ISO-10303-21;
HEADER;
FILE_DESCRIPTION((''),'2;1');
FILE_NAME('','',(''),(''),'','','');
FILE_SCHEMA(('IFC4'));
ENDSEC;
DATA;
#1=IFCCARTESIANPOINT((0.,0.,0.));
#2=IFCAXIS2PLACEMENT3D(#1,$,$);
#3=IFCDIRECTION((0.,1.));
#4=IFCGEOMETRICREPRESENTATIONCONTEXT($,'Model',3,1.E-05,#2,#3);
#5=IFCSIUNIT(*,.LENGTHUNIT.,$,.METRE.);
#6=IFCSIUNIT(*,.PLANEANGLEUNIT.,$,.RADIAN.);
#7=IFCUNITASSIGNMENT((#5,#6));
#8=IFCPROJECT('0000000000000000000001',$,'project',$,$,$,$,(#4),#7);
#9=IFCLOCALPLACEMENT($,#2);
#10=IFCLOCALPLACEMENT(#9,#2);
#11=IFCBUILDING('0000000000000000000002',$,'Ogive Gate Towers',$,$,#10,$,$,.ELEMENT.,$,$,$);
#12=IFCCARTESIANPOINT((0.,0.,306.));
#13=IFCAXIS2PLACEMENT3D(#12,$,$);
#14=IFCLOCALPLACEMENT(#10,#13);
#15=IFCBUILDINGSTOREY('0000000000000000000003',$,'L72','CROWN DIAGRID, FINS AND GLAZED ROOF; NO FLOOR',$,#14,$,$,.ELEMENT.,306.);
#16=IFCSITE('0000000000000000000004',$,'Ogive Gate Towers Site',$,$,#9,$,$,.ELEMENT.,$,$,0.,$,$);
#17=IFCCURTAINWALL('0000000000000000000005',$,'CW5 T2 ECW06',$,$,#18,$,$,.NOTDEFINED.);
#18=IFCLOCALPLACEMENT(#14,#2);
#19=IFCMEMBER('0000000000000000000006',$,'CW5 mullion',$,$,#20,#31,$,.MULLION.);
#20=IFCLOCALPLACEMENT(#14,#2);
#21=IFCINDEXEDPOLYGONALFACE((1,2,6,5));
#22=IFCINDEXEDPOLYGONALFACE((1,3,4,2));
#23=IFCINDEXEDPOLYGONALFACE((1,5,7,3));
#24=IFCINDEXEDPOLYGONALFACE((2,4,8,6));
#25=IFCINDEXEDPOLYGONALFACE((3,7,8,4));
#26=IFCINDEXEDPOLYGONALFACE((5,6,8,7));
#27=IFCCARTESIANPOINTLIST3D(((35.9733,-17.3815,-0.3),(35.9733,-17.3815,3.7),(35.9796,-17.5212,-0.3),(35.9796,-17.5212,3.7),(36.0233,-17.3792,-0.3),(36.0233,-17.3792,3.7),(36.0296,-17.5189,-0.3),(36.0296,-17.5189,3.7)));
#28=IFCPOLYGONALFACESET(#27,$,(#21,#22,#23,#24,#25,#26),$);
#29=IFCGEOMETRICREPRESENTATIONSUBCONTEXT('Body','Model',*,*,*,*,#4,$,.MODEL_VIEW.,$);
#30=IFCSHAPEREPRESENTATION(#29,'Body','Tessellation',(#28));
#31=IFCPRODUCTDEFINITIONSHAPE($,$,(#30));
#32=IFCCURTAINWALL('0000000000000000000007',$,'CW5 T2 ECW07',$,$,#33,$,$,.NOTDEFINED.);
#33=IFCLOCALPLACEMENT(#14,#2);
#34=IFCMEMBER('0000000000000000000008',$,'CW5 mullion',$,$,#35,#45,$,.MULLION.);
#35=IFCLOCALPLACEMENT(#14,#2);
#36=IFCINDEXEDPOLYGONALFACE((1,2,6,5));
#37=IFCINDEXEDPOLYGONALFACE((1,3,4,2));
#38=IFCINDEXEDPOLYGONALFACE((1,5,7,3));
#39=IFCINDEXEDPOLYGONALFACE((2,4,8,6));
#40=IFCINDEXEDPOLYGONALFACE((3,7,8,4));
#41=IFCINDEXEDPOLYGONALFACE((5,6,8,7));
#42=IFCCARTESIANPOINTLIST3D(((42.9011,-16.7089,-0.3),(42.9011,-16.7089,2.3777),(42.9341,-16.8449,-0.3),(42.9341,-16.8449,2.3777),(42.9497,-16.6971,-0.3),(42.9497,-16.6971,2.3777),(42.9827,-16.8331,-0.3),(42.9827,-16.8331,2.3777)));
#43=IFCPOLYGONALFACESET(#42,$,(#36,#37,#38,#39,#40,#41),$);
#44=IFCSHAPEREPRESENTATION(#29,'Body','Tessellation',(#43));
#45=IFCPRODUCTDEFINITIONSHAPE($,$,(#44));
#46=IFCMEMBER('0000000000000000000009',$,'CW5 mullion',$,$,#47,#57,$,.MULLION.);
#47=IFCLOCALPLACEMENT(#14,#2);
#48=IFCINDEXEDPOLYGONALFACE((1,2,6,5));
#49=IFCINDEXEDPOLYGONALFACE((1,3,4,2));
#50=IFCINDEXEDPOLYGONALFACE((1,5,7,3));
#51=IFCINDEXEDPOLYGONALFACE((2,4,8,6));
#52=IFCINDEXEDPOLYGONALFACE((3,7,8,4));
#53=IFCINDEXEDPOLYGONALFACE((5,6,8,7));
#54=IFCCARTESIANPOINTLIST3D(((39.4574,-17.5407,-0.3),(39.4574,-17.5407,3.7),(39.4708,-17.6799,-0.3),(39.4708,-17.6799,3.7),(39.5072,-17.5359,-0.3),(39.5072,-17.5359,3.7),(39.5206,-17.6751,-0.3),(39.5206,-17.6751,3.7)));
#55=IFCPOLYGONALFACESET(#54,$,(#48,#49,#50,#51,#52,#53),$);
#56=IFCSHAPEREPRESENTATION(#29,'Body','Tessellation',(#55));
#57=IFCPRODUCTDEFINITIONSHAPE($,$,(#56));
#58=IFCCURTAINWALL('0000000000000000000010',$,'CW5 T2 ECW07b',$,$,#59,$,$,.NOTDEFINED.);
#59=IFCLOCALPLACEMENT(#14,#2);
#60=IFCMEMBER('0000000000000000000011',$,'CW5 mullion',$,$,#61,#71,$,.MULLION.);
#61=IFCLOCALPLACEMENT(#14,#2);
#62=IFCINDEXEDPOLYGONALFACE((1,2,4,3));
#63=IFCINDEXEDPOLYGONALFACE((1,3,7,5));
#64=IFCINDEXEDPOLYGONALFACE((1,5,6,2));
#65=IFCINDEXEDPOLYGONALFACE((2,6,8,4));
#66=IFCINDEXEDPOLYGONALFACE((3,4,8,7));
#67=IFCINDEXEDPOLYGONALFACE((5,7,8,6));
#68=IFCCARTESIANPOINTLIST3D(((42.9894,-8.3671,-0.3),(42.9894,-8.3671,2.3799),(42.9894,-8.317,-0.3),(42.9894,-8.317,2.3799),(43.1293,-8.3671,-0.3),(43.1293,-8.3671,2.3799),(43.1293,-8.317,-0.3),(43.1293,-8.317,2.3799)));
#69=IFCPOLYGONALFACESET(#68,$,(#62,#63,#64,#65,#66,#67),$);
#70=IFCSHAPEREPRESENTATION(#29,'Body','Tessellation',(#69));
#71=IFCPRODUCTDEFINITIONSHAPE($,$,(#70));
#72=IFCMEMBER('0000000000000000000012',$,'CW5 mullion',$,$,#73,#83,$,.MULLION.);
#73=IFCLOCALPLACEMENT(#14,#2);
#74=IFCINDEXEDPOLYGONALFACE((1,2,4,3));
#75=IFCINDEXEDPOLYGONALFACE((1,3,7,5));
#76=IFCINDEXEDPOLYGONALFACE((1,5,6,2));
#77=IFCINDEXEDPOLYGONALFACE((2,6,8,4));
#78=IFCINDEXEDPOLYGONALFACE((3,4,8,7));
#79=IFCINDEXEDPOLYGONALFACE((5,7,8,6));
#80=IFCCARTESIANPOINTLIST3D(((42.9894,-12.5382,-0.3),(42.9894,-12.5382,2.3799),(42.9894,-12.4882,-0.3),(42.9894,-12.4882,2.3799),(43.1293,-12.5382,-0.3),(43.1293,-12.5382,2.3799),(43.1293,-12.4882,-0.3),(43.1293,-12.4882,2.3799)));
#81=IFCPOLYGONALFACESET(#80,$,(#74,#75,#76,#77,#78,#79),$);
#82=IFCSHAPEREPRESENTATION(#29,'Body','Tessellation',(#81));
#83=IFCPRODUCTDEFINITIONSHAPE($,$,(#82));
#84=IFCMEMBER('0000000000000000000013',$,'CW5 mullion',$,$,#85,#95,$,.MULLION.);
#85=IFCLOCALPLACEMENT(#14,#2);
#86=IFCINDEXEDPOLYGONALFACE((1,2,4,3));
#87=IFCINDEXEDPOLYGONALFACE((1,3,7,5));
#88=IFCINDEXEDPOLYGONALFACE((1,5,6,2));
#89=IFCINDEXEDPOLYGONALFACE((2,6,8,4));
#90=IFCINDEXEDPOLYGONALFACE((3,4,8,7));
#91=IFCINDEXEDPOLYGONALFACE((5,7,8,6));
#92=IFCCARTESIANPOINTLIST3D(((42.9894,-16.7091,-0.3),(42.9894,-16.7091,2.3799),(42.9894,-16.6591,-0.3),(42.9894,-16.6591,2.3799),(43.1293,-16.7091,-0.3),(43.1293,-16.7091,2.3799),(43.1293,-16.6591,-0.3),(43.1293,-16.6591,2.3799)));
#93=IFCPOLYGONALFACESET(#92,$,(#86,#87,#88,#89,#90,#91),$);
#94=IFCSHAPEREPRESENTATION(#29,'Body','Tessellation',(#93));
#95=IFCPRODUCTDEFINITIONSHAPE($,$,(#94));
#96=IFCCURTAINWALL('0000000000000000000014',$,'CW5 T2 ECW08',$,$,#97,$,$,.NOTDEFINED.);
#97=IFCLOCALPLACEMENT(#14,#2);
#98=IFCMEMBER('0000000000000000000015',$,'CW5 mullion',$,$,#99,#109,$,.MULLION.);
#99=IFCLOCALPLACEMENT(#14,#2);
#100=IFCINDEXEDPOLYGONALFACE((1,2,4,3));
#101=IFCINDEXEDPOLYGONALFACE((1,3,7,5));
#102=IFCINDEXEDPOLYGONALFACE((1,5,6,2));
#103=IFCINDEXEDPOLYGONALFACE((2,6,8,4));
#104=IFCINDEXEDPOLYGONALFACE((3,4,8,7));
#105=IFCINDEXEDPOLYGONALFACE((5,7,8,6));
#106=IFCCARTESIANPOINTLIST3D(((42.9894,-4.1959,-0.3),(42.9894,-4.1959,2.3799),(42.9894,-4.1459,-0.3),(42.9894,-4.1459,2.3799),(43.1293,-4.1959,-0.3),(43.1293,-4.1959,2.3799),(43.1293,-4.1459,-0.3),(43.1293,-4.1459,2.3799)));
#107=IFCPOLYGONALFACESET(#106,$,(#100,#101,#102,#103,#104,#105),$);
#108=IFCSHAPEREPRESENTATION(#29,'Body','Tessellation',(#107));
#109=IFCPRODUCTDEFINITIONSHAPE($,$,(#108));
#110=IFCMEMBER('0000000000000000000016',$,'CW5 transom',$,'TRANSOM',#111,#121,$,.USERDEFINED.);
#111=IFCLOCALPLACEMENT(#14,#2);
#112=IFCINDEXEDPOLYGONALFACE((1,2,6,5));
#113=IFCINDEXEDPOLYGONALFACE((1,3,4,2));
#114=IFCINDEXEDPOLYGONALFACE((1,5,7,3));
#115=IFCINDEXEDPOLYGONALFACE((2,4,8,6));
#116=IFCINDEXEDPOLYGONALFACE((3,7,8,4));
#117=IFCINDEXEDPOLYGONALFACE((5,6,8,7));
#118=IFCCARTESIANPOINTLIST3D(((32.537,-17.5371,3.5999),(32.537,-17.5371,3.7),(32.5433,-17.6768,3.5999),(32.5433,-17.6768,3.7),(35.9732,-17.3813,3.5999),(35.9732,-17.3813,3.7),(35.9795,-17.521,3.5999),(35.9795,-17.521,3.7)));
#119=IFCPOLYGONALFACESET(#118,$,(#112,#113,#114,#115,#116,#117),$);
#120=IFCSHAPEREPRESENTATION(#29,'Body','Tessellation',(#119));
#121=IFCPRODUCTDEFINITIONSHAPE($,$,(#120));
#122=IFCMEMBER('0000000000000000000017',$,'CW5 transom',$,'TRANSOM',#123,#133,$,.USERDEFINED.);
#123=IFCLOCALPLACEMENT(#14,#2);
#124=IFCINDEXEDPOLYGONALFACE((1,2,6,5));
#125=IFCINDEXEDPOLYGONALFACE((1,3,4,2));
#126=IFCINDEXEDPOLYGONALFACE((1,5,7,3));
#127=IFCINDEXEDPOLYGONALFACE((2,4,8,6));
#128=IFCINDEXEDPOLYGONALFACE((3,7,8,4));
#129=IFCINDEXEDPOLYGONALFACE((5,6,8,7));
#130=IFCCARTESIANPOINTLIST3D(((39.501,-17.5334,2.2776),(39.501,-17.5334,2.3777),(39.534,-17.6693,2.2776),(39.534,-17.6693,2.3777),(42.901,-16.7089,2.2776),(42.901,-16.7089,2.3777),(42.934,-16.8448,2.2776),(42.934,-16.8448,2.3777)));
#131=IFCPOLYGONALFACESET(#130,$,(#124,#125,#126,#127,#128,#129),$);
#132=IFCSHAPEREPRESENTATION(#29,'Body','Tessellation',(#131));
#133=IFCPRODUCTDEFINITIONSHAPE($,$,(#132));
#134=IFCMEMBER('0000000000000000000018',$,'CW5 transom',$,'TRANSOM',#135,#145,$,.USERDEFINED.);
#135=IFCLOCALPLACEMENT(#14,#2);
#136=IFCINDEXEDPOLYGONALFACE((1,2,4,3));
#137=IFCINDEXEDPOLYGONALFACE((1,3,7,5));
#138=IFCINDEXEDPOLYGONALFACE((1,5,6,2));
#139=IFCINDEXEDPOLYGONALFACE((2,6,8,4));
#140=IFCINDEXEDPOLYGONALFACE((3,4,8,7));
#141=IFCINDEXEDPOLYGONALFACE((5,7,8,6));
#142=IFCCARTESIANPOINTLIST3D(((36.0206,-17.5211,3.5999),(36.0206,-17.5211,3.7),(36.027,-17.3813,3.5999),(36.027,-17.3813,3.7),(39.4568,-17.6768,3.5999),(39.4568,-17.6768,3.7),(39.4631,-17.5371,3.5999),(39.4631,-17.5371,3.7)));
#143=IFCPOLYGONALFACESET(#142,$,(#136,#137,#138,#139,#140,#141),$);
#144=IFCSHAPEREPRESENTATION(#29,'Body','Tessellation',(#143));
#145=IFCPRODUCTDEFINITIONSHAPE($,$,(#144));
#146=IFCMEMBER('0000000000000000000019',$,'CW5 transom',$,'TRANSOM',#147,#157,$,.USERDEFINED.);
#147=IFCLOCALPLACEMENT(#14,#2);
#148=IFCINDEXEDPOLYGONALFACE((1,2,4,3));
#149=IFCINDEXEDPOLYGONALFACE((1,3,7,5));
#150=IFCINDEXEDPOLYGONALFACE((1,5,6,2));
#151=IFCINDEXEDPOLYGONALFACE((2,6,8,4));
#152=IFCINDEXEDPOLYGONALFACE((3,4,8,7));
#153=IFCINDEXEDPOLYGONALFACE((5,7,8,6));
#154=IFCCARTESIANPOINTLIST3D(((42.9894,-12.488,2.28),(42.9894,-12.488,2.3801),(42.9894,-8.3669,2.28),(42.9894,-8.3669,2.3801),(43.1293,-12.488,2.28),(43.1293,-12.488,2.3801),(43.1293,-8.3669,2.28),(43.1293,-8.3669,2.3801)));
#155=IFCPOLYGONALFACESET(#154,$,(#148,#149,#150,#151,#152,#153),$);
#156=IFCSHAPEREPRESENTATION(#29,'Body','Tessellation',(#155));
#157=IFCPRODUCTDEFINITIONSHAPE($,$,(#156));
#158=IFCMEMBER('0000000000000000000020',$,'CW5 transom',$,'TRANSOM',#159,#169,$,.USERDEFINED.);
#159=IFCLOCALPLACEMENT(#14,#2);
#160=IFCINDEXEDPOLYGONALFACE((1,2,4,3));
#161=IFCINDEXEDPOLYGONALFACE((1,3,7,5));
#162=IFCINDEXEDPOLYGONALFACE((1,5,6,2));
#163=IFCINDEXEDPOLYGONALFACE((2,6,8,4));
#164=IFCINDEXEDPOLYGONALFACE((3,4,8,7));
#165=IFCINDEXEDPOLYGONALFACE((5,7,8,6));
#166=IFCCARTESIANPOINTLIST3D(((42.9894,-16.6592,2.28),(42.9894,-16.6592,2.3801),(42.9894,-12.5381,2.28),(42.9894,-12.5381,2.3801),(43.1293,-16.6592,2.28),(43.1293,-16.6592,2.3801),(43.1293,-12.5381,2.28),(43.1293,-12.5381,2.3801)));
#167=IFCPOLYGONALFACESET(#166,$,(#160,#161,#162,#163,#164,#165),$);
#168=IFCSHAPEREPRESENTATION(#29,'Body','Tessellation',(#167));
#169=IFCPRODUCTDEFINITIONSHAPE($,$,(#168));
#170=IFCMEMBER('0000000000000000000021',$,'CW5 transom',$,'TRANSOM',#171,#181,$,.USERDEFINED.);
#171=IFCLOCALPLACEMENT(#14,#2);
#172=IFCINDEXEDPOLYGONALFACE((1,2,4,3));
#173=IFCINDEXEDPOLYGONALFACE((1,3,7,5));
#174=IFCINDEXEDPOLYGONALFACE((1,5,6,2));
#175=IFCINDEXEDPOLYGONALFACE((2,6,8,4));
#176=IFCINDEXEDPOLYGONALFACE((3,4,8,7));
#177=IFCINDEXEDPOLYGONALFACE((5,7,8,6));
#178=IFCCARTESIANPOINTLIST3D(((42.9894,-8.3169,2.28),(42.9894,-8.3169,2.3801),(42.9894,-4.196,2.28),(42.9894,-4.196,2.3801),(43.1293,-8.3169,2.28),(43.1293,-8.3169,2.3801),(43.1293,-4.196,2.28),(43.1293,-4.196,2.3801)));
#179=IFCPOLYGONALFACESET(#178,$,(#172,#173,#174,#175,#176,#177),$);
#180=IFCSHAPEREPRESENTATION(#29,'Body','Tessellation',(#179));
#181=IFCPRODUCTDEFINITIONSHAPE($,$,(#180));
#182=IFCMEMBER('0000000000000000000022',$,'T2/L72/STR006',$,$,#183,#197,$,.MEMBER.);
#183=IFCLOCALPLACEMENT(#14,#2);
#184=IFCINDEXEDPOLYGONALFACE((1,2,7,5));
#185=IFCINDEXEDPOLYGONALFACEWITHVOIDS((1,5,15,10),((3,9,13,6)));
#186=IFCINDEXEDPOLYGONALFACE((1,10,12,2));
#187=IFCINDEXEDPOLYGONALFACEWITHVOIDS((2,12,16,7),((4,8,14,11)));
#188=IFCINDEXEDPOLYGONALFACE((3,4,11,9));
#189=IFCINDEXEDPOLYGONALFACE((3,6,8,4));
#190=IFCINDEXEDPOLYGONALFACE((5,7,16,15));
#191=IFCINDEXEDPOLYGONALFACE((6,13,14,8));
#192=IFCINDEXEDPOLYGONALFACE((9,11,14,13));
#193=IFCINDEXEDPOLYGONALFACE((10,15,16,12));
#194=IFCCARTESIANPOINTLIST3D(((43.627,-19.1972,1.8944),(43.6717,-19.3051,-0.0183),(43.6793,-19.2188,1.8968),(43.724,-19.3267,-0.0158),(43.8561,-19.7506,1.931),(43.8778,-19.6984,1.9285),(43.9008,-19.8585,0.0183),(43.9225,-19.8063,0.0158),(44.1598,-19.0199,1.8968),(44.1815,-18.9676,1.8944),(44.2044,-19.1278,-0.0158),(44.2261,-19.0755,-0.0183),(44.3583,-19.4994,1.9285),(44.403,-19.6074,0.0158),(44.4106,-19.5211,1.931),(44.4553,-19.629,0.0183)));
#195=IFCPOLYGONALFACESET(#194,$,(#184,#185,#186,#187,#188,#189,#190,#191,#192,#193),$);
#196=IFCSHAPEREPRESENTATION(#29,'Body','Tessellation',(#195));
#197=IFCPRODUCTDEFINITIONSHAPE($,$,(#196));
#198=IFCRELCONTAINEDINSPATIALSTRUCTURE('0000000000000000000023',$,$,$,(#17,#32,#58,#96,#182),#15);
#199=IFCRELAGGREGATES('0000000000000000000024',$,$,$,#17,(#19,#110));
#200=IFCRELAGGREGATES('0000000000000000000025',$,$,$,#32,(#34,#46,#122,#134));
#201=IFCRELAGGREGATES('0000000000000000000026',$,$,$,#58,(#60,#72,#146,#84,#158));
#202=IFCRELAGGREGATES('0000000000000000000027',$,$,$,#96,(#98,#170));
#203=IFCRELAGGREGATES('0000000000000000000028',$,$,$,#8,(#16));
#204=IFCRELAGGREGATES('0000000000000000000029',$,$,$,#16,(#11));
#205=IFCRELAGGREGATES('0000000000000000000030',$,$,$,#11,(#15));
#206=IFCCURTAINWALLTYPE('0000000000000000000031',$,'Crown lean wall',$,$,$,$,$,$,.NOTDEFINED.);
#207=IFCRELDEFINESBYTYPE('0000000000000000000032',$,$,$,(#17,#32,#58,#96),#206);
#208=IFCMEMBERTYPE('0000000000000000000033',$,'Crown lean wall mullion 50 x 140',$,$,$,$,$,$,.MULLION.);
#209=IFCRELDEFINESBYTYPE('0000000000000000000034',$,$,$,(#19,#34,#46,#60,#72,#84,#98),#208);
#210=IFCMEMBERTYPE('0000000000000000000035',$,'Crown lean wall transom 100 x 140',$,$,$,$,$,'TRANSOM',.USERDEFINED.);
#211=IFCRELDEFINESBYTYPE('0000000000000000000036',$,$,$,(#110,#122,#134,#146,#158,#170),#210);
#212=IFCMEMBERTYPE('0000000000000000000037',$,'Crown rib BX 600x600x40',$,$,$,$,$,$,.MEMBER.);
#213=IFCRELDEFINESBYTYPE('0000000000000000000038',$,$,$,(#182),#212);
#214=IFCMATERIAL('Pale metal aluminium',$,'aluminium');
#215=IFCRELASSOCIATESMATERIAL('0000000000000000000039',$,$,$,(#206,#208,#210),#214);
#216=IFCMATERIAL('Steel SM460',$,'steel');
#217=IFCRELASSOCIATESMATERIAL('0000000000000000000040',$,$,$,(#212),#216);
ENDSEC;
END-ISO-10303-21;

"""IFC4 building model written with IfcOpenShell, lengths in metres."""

from ifc_helpers import new_model, si_unit, direction, frame, origin, origin_2d, place, context, subcontext, project, spatial, rectangle, hollow_rectangle, extrude, material, material_profile, profile_set, type_object, element, aggregate, save


model = new_model("IFC4")

# Units and contexts
model_context = context("Model", 3, precision=1e-05, world=origin(), true_north=direction((0.0, 1.0)))
body_context = subcontext(model_context, "Body", "Model", "MODEL_VIEW")
ifc_project = project(units=[si_unit("LENGTHUNIT", "METRE"), si_unit("PLANEANGLEUNIT", "RADIAN")], contexts=[model_context])

# Site, building, storey
site_placement = place(None, origin())
site = spatial("IfcSite", under=ifc_project, at=site_placement, Name="Ogive Gate Towers Site", CompositionType="ELEMENT", RefElevation=0.0)
building_placement = place(site_placement, origin())
building = spatial("IfcBuilding", under=site, at=building_placement, Name="Ogive Gate Towers", CompositionType="ELEMENT")
storey_placement = place(building_placement, frame((0.0, 0.0, 306.0)))
storey = spatial("IfcBuildingStorey", under=building, at=storey_placement, Name="L72", Description="CROWN DIAGRID, FINS AND GLAZED ROOF; NO FLOOR", CompositionType="ELEMENT", Elevation=306.0)

# Curtain wall, member
ifc_material_1 = material(Name="Pale metal aluminium", Category="aluminium")
curtain_wall_type = type_object("IfcCurtainWallType", Name="Crown lean wall", PredefinedType="NOTDEFINED", material=ifc_material_1)
curtain_wall_1_placement = place(storey_placement, origin())
curtain_wall_1 = element("IfcCurtainWall", 1, at=curtain_wall_1_placement, inside=storey, type_object=curtain_wall_type, Name="CW5 T2 ECW06", PredefinedType="NOTDEFINED")
ifc_material_profile_1 = material_profile(ifc_material_1, rectangle(XDim=0.1399, YDim=0.05, at=origin_2d()), Name="50 x 140 aluminium box")
ifc_profile_set_1 = profile_set([ifc_material_profile_1], Name="Pale metal aluminium")
member_type_1 = type_object("IfcMemberType", Name="Crown lean wall mullion 50 x 140", PredefinedType="MULLION", material=ifc_profile_set_1)
member_1_placement = place(storey_placement, frame((36.0015, -17.4502, -0.3), z_axis=(0.0, 0.0, 1.0), x_axis=(-0.045276, 0.998975, 0.0)))
member_1 = element("IfcMember", 2, at=member_1_placement, type_object=member_type_1, Name="CW5 mullion", PredefinedType="MULLION", context=body_context, shape_type="SweptSolid", body=[
    extrude(rectangle(XDim=0.1399, YDim=0.05, at=origin_2d()), origin(), (0.0, 0.0, 1.0), 4.0),
])

# Curtain walls, members
curtain_wall_2_placement = place(storey_placement, origin())
curtain_wall_2 = element("IfcCurtainWall", 3, at=curtain_wall_2_placement, inside=storey, type_object=curtain_wall_type, Name="CW5 T2 ECW07", PredefinedType="NOTDEFINED")
member_2_placement = place(storey_placement, frame((42.9419, -16.771, -0.3), z_axis=(0.0, 0.0, 1.0), x_axis=(-0.235685, 0.97183, 0.0)))
member_2 = element("IfcMember", 4, at=member_2_placement, type_object=member_type_1, Name="CW5 mullion", PredefinedType="MULLION", context=body_context, shape_type="SweptSolid", body=[
    extrude(rectangle(XDim=0.1399, YDim=0.05, at=origin_2d()), origin(), (0.0, 0.0, 1.0), 2.6777),
])
member_3_placement = place(storey_placement, frame((39.489, -17.6079, -0.3), z_axis=(0.0, 0.0, 1.0), x_axis=(-0.096158, 0.995366, 0.0)))
member_3 = element("IfcMember", 5, at=member_3_placement, type_object=member_type_1, Name="CW5 mullion", PredefinedType="MULLION", context=body_context, shape_type="SweptSolid", body=[
    extrude(rectangle(XDim=0.1399, YDim=0.05, at=origin_2d()), origin(), (0.0, 0.0, 1.0), 4.0),
])
curtain_wall_3_placement = place(storey_placement, origin())
curtain_wall_3 = element("IfcCurtainWall", 6, at=curtain_wall_3_placement, inside=storey, type_object=curtain_wall_type, Name="CW5 T2 ECW07b", PredefinedType="NOTDEFINED")
member_4_placement = place(storey_placement, frame((43.0593, -8.342, -0.3), z_axis=(0.0, 0.0, 1.0), x_axis=(-1.0, 0.0, 0.0)))
member_4 = element("IfcMember", 7, at=member_4_placement, type_object=member_type_1, Name="CW5 mullion", PredefinedType="MULLION", context=body_context, shape_type="SweptSolid", body=[
    extrude(rectangle(XDim=0.1399, YDim=0.05, at=origin_2d()), origin(), (0.0, 0.0, 1.0), 2.6799),
])
member_5_placement = place(storey_placement, frame((43.0593, -12.5132, -0.3), z_axis=(0.0, 0.0, 1.0), x_axis=(-1.0, 0.0, 0.0)))
member_5 = element("IfcMember", 8, at=member_5_placement, type_object=member_type_1, Name="CW5 mullion", PredefinedType="MULLION", context=body_context, shape_type="SweptSolid", body=[
    extrude(rectangle(XDim=0.1399, YDim=0.05, at=origin_2d()), origin(), (0.0, 0.0, 1.0), 2.6799),
])
member_6_placement = place(storey_placement, frame((43.0593, -16.6841, -0.3), z_axis=(0.0, 0.0, 1.0), x_axis=(-1.0, 0.0, 0.0)))
member_6 = element("IfcMember", 9, at=member_6_placement, type_object=member_type_1, Name="CW5 mullion", PredefinedType="MULLION", context=body_context, shape_type="SweptSolid", body=[
    extrude(rectangle(XDim=0.1399, YDim=0.05, at=origin_2d()), origin(), (0.0, 0.0, 1.0), 2.6799),
])

# Curtain wall, member
curtain_wall_4_placement = place(storey_placement, origin())
curtain_wall_4 = element("IfcCurtainWall", 10, at=curtain_wall_4_placement, inside=storey, type_object=curtain_wall_type, Name="CW5 T2 ECW08", PredefinedType="NOTDEFINED")
member_7_placement = place(storey_placement, frame((43.0593, -4.1709, -0.3), z_axis=(0.0, 0.0, 1.0), x_axis=(-1.0, 0.0, 0.0)))
member_7 = element("IfcMember", 11, at=member_7_placement, type_object=member_type_1, Name="CW5 mullion", PredefinedType="MULLION", context=body_context, shape_type="SweptSolid", body=[
    extrude(rectangle(XDim=0.1399, YDim=0.05, at=origin_2d()), origin(), (0.0, 0.0, 1.0), 2.6799),
])

# Members
ifc_material_profile_2 = material_profile(ifc_material_1, rectangle(XDim=0.1399, YDim=0.1001, at=origin_2d()), Name="100 x 140 aluminium box")
ifc_profile_set_2 = profile_set([ifc_material_profile_2], Name="Pale metal aluminium")
member_type_2 = type_object("IfcMemberType", Name="Crown lean wall transom 100 x 140", ElementType="TRANSOM", PredefinedType="USERDEFINED", material=ifc_profile_set_2)
member_8_placement = place(storey_placement, frame((35.9763, -17.4512, 3.6499), z_axis=(-0.998974, -0.045282, 0.0), x_axis=(0.045282, -0.998974, 0.0)))
member_8 = element("IfcMember", 12, at=member_8_placement, type_object=member_type_2, Name="CW5 transom", ObjectType="TRANSOM", PredefinedType="USERDEFINED", context=body_context, shape_type="SweptSolid", body=[
    extrude(rectangle(XDim=0.1399, YDim=0.1001, at=origin_2d()), origin(), (0.0, 0.0, 1.0), 3.4397),
])
member_9_placement = place(storey_placement, frame((42.9175, -16.7769, 2.3276), z_axis=(-0.971834, -0.235666, 0.0), x_axis=(0.235666, -0.971834, 0.0)))
member_9 = element("IfcMember", 13, at=member_9_placement, type_object=member_type_2, Name="CW5 transom", ObjectType="TRANSOM", PredefinedType="USERDEFINED", context=body_context, shape_type="SweptSolid", body=[
    extrude(rectangle(XDim=0.1399, YDim=0.1001, at=origin_2d()), origin(), (0.0, 0.0, 1.0), 3.4985),
])
member_10_placement = place(storey_placement, frame((39.46, -17.6069, 3.6499), z_axis=(-0.998974, 0.045282, 0.0), x_axis=(-0.045282, -0.998974, 0.0)))
member_10 = element("IfcMember", 14, at=member_10_placement, type_object=member_type_2, Name="CW5 transom", ObjectType="TRANSOM", PredefinedType="USERDEFINED", context=body_context, shape_type="SweptSolid", body=[
    extrude(rectangle(XDim=0.1399, YDim=0.1001, at=origin_2d()), origin(), (0.0, 0.0, 1.0), 3.4397),
])
member_11_placement = place(storey_placement, frame((43.0593, -8.3669, 2.3301), z_axis=(0.0, -1.0, 0.0), x_axis=(1.0, 0.0, 0.0)))
member_11 = element("IfcMember", 15, at=member_11_placement, type_object=member_type_2, Name="CW5 transom", ObjectType="TRANSOM", PredefinedType="USERDEFINED", context=body_context, shape_type="SweptSolid", body=[
    extrude(rectangle(XDim=0.1399, YDim=0.1001, at=origin_2d()), origin(), (0.0, 0.0, 1.0), 4.1211),
])
member_12_placement = place(storey_placement, frame((43.0593, -12.5381, 2.3301), z_axis=(0.0, -1.0, 0.0), x_axis=(1.0, 0.0, 0.0)))
member_12 = element("IfcMember", 16, at=member_12_placement, type_object=member_type_2, Name="CW5 transom", ObjectType="TRANSOM", PredefinedType="USERDEFINED", context=body_context, shape_type="SweptSolid", body=[
    extrude(rectangle(XDim=0.1399, YDim=0.1001, at=origin_2d()), origin(), (0.0, 0.0, 1.0), 4.1211),
])
member_13_placement = place(storey_placement, frame((43.0593, -4.196, 2.3301), z_axis=(0.0, -1.0, 0.0), x_axis=(1.0, 0.0, 0.0)))
member_13 = element("IfcMember", 17, at=member_13_placement, type_object=member_type_2, Name="CW5 transom", ObjectType="TRANSOM", PredefinedType="USERDEFINED", context=body_context, shape_type="SweptSolid", body=[
    extrude(rectangle(XDim=0.1399, YDim=0.1001, at=origin_2d()), origin(), (0.0, 0.0, 1.0), 4.1208),
])
ifc_material_2 = material(Name="Steel SM460", Category="steel")
ifc_material_profile_3 = material_profile(ifc_material_2, hollow_rectangle(XDim=0.6001, YDim=0.6001, WallThickness=0.04, at=origin_2d()), Name="BX 600x600x40")
ifc_profile_set_3 = profile_set([ifc_material_profile_3], Name="Steel SM460")
member_type_3 = type_object("IfcMemberType", Name="Crown rib BX 600x600x40", PredefinedType="MEMBER", material=ifc_profile_set_3)
member_14_placement = place(storey_placement, frame((44.0635, -19.467, 0.0), z_axis=(-0.023316, 0.056316, 0.998141), x_axis=(-0.92394, -0.382536, 0.0)))
element("IfcMember", 18, at=member_14_placement, inside=storey, type_object=member_type_3, Name="T2/L72/STR006", PredefinedType="MEMBER", context=body_context, shape_type="SweptSolid", body=[
    extrude(hollow_rectangle(XDim=0.6001, YDim=0.6001, WallThickness=0.04, at=origin_2d()), origin(), (0.0, 0.0, 1.0), 1.9163),
])

aggregate(curtain_wall_1, [member_1, member_8])
aggregate(curtain_wall_2, [member_2, member_3, member_9, member_10])
aggregate(curtain_wall_3, [member_4, member_5, member_11, member_6, member_12])
aggregate(curtain_wall_4, [member_7, member_13])

save(model, "model.ifc")
